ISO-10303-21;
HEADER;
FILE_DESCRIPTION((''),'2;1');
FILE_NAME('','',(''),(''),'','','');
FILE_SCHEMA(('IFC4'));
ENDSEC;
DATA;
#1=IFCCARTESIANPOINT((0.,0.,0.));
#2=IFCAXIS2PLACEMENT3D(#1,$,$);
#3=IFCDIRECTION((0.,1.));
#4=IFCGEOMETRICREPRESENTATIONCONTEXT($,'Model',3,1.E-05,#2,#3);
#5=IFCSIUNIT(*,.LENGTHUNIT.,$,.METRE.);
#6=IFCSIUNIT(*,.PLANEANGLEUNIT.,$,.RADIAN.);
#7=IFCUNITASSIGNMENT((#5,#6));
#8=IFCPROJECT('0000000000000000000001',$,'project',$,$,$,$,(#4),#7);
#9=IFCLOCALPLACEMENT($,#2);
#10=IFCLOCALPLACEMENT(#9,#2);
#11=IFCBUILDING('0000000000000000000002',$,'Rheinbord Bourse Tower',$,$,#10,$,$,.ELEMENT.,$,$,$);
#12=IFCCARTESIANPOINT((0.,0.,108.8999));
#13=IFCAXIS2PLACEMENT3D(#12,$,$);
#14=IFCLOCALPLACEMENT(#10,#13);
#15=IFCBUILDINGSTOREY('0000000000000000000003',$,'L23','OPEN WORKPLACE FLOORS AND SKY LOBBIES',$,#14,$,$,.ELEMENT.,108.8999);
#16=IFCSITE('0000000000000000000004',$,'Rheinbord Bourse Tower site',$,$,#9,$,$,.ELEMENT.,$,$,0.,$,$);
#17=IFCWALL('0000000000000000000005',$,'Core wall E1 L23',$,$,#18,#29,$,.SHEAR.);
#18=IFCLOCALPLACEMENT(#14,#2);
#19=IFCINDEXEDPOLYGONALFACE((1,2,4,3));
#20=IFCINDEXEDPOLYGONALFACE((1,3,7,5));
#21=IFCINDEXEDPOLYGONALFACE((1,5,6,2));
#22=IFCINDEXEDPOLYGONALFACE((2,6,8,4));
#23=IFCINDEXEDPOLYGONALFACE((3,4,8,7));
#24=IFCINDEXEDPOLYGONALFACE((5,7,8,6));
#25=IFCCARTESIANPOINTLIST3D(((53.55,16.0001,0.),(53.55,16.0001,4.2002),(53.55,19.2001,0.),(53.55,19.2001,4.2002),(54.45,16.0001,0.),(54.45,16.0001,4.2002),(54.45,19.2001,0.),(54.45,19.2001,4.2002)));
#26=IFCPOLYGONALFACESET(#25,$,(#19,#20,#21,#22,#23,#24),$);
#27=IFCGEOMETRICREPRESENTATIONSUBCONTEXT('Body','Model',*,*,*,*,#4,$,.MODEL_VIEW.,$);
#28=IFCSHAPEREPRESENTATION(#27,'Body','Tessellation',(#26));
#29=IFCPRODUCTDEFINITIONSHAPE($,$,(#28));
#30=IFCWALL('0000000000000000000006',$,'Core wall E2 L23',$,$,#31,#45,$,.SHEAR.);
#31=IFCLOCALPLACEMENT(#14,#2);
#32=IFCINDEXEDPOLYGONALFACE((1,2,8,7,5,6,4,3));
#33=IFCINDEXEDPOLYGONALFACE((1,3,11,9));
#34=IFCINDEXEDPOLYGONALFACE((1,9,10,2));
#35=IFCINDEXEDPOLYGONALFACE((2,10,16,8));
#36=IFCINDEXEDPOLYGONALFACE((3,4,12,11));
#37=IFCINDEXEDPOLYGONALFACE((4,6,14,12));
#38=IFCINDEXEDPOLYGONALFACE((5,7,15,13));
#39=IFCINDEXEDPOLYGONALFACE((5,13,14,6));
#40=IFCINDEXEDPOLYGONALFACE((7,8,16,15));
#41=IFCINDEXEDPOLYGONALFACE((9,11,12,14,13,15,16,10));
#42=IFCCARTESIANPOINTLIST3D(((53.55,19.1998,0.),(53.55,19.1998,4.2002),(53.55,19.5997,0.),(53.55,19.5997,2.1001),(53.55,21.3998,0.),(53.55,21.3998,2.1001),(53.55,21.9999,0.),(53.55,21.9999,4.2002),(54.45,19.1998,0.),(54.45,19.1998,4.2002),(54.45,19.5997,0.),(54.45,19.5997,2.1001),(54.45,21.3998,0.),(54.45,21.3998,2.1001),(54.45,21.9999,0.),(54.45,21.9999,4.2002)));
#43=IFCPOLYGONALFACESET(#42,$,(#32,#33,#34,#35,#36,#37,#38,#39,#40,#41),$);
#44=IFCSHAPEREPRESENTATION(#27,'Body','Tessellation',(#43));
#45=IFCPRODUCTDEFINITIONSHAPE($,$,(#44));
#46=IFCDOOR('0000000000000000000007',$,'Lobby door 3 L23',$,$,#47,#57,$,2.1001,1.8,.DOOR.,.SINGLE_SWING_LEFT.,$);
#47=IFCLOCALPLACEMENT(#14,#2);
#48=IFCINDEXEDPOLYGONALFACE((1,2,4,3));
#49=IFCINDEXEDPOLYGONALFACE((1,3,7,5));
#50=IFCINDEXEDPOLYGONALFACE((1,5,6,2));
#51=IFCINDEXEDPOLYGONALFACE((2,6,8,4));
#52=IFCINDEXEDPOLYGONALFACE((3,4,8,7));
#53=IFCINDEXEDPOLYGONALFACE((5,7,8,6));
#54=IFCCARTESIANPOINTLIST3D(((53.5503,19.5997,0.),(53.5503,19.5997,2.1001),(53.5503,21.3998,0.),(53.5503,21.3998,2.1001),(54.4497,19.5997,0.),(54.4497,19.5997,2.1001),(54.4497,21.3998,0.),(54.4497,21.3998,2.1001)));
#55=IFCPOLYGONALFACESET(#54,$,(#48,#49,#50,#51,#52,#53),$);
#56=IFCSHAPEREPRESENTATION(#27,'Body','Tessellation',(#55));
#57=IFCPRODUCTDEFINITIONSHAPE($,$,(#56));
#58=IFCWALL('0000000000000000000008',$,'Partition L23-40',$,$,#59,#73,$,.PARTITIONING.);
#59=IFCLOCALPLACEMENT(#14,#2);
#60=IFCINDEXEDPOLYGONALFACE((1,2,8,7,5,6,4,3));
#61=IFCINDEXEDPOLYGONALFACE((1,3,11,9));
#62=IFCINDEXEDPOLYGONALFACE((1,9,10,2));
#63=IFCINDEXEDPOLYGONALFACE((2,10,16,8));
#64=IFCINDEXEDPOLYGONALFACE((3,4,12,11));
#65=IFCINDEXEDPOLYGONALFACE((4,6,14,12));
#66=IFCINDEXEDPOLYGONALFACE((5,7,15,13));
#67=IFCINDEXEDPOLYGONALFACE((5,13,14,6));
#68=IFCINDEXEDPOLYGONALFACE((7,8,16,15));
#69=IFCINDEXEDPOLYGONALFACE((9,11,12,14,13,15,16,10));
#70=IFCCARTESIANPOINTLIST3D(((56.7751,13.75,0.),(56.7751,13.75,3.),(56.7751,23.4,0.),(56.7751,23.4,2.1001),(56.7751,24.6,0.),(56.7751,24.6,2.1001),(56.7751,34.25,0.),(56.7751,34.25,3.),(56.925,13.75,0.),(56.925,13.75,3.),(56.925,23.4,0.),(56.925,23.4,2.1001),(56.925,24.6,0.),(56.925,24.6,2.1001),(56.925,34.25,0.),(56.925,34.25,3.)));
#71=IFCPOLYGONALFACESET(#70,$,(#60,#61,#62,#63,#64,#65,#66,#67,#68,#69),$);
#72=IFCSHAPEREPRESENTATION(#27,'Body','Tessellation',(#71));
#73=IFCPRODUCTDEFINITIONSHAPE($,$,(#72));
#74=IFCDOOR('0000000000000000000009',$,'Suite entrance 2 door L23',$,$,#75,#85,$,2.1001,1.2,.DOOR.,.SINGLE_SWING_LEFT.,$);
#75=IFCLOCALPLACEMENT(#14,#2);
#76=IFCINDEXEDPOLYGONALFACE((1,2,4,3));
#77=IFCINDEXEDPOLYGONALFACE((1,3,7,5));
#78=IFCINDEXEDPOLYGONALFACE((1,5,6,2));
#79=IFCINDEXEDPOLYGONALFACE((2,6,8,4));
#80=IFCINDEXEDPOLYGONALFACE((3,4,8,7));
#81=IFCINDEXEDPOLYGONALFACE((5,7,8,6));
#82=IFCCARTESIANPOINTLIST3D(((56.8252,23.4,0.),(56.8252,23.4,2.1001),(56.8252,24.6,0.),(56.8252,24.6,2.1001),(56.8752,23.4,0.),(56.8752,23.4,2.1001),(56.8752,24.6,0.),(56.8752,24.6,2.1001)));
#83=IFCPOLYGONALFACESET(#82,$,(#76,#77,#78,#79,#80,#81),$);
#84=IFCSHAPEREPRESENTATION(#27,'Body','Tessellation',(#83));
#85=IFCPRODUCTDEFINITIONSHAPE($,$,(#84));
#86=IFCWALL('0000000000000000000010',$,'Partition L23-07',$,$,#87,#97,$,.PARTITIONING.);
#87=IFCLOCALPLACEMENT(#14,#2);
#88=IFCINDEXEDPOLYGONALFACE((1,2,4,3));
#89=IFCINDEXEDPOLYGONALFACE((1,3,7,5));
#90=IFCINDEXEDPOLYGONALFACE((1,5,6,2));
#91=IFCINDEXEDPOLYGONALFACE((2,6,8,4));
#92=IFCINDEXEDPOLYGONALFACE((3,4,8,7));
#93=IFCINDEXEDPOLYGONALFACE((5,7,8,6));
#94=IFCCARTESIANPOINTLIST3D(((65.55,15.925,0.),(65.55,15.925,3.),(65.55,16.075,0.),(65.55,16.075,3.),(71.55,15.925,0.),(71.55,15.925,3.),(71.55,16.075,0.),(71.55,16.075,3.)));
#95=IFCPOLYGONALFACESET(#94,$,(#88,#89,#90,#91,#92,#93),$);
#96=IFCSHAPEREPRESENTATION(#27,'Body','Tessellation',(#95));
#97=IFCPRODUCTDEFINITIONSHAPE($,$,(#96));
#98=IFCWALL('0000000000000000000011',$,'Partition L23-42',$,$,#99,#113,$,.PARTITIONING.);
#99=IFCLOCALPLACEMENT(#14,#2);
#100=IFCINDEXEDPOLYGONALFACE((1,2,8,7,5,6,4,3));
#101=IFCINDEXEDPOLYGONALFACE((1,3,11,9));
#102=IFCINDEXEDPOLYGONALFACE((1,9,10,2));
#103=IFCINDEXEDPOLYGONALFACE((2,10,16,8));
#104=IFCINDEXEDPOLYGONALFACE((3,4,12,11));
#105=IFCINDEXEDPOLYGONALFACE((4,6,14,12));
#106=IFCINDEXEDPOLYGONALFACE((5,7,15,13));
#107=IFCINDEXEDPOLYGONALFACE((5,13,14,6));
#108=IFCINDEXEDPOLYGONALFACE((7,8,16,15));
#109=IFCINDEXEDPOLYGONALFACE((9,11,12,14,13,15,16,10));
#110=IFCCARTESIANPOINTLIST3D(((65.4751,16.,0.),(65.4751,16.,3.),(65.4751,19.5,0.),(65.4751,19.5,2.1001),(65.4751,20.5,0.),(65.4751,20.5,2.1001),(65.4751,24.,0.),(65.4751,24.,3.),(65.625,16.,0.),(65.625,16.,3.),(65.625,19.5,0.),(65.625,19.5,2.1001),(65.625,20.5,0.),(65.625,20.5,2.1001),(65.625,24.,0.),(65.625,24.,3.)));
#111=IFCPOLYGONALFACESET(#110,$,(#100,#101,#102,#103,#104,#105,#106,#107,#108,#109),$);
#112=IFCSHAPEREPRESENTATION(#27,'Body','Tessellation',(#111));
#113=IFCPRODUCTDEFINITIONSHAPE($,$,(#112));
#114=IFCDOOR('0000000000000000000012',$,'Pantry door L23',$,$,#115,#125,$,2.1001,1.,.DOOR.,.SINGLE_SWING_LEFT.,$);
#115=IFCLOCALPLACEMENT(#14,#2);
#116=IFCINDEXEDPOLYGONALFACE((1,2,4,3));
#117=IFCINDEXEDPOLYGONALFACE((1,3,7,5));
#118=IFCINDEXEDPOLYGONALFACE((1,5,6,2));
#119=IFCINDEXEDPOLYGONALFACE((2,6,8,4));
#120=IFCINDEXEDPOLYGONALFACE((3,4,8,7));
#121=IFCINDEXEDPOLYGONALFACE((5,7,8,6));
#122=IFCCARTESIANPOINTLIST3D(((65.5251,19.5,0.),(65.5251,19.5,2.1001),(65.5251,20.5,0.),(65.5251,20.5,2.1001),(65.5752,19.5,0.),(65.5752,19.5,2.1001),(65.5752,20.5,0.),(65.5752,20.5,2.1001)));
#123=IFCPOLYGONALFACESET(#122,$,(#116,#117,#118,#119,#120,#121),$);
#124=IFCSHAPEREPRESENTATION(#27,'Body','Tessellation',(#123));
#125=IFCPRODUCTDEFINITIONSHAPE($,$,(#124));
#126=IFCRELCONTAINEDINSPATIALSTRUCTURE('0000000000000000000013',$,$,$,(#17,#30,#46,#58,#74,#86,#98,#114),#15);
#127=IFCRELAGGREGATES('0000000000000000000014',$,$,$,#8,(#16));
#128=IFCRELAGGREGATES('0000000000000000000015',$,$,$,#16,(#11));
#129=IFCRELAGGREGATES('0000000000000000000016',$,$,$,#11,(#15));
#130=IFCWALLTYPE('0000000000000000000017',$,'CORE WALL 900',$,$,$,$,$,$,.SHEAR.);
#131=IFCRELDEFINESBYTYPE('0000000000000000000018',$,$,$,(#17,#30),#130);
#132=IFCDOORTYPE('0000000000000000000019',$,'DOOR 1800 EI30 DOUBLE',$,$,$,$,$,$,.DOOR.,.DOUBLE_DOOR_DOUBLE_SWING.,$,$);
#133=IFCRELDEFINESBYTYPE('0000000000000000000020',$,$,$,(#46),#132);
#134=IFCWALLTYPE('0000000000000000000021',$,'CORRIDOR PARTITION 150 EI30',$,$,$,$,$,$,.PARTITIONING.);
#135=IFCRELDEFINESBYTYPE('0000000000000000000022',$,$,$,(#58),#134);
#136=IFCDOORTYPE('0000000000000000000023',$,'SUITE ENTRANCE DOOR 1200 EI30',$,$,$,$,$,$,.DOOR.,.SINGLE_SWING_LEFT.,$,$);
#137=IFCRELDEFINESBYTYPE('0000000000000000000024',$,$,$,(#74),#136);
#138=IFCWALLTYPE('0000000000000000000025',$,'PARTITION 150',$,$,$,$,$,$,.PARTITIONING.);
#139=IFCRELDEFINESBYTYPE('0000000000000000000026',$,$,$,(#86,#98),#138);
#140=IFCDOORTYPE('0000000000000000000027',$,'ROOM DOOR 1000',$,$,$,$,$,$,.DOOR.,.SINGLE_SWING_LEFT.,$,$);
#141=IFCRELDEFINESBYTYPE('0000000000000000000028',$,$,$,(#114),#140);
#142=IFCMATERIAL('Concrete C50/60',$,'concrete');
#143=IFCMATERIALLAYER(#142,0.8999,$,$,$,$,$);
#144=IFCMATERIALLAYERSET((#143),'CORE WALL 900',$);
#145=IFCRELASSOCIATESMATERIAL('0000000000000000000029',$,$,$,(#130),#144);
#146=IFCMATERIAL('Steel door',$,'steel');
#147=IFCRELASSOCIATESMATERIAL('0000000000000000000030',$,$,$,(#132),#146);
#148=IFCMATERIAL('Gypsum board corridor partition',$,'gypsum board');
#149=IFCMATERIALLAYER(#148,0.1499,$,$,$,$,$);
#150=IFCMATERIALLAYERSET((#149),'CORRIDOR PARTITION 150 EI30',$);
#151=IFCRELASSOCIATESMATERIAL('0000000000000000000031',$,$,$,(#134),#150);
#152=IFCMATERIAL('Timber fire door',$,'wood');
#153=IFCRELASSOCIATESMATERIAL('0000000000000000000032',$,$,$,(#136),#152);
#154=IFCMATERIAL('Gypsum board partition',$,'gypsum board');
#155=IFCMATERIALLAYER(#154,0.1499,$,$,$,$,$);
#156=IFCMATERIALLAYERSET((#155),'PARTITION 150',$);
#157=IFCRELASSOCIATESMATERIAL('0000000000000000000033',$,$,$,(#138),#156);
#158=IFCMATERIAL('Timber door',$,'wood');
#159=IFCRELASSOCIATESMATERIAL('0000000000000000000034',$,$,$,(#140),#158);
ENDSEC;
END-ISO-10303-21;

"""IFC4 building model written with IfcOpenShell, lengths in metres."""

from ifc_helpers import new_model, si_unit, direction, frame, frame_2d, origin, place, context, subcontext, project, spatial, rectangle, extrude, material, layer, layer_set, type_object, element, fill, save


model = new_model("IFC4")

# Units and contexts
model_context = context("Model", 3, precision=1e-05, world=origin(), true_north=direction((0.0, 1.0)))
body_context = subcontext(model_context, "Body", "Model", "MODEL_VIEW")
ifc_project = project(units=[si_unit("LENGTHUNIT", "METRE"), si_unit("PLANEANGLEUNIT", "RADIAN")], contexts=[model_context])

# Site, building, storey
site_placement = place(None, origin())
site = spatial("IfcSite", under=ifc_project, at=site_placement, Name="Rheinbord Bourse Tower site", CompositionType="ELEMENT", RefElevation=0.0)
building_placement = place(site_placement, origin())
building = spatial("IfcBuilding", under=site, at=building_placement, Name="Rheinbord Bourse Tower", CompositionType="ELEMENT")
storey_placement = place(building_placement, frame((0.0, 0.0, 108.8999)))
storey = spatial("IfcBuildingStorey", under=building, at=storey_placement, Name="L23", Description="OPEN WORKPLACE FLOORS AND SKY LOBBIES", CompositionType="ELEMENT", Elevation=108.8999)

# Wall
ifc_material_1 = material(Name="Concrete C50/60", Category="concrete")
ifc_layer_1 = layer(ifc_material_1, 0.8999)
ifc_layer_set_1 = layer_set([ifc_layer_1], Name="CORE WALL 900")
wall_type_1 = type_object("IfcWallType", Name="CORE WALL 900", PredefinedType="SHEAR", material=ifc_layer_set_1)
wall_1_placement = place(storey_placement, frame((54.0, 16.0, 0.0), z_axis=(0.0, 0.0, 1.0), x_axis=(0.0, 1.0, 0.0)))
element("IfcWall", 1, at=wall_1_placement, inside=storey, type_object=wall_type_1, Name="Core wall E1 L23", PredefinedType="SHEAR", context=body_context, shape_type="SweptSolid", body=[
    extrude(rectangle(XDim=3.2, YDim=0.8999, at=frame_2d((1.6001, 0.0))), origin(), (0.0, 0.0, 1.0), 4.2002),
])

# Walls, openings, doors
wall_2_placement = place(storey_placement, frame((54.0, 19.2, 0.0), z_axis=(0.0, 0.0, 1.0), x_axis=(0.0, 1.0, 0.0)))
wall_2 = element("IfcWall", 2, at=wall_2_placement, inside=storey, type_object=wall_type_1, Name="Core wall E2 L23", PredefinedType="SHEAR", context=body_context, shape_type="SweptSolid", body=[
    extrude(rectangle(XDim=2.8, YDim=0.8999, at=frame_2d((1.3999, 0.0))), origin(), (0.0, 0.0, 1.0), 4.2002),
])
opening_1_placement = place(wall_2_placement, frame((0.3999, 0.0, 0.0)))
opening_1 = element("IfcOpeningElement", 3, at=opening_1_placement, cuts=wall_2, PredefinedType="OPENING", context=body_context, shape_type="SweptSolid", body=[
    extrude(rectangle(XDim=1.8, YDim=2.1001, at=frame_2d((0.8999, 1.05))), frame((0.0, 0.46, 0.0), z_axis=(0.0, -1.0, 0.0), x_axis=(1.0, 0.0, 0.0)), (0.0, 0.0, 1.0), 0.9199),
])
ifc_material_2 = material(Name="Steel door", Category="steel")
door_type_1 = type_object("IfcDoorType", Name="DOOR 1800 EI30 DOUBLE", OperationType="DOUBLE_DOOR_DOUBLE_SWING", PredefinedType="DOOR", material=ifc_material_2)
door_1_placement = place(opening_1_placement, origin())
door_1 = element("IfcDoor", 4, at=door_1_placement, inside=storey, type_object=door_type_1, Name="Lobby door 3 L23", OperationType="SINGLE_SWING_LEFT", OverallHeight=2.1001, OverallWidth=1.8, PredefinedType="DOOR", context=body_context, shape_type="SweptSolid", body=[
    extrude(rectangle(XDim=1.8, YDim=2.1001, at=frame_2d((0.8999, 1.05))), frame((0.0, 0.4497, 0.0), z_axis=(0.0, -1.0, 0.0), x_axis=(1.0, 0.0, 0.0)), (0.0, 0.0, 1.0), 0.8994),
])
fill(opening_1, door_1)
ifc_material_3 = material(Name="Gypsum board corridor partition", Category="gypsum board")
ifc_layer_2 = layer(ifc_material_3, 0.1499)
ifc_layer_set_2 = layer_set([ifc_layer_2], Name="CORRIDOR PARTITION 150 EI30")
wall_type_2 = type_object("IfcWallType", Name="CORRIDOR PARTITION 150 EI30", PredefinedType="PARTITIONING", material=ifc_layer_set_2)
wall_3_placement = place(storey_placement, frame((56.8501, 13.75, 0.0), z_axis=(0.0, 0.0, 1.0), x_axis=(0.0, 1.0, 0.0)))
wall_3 = element("IfcWall", 5, at=wall_3_placement, inside=storey, type_object=wall_type_2, Name="Partition L23-40", PredefinedType="PARTITIONING", context=body_context, shape_type="SweptSolid", body=[
    extrude(rectangle(XDim=20.5, YDim=0.1499, at=frame_2d((10.25, 0.0))), origin(), (0.0, 0.0, 1.0), 3.0),
])
opening_2_placement = place(wall_3_placement, frame((9.6499, 0.0, 0.0)))
opening_2 = element("IfcOpeningElement", 6, at=opening_2_placement, cuts=wall_3, PredefinedType="OPENING", context=body_context, shape_type="SweptSolid", body=[
    extrude(rectangle(XDim=1.2, YDim=2.1001, at=frame_2d((0.6001, 1.05))), frame((0.0, 0.085, 0.0), z_axis=(0.0, -1.0, 0.0), x_axis=(1.0, 0.0, 0.0)), (0.0, 0.0, 1.0), 0.1699),
])
ifc_material_4 = material(Name="Timber fire door", Category="wood")
door_type_2 = type_object("IfcDoorType", Name="SUITE ENTRANCE DOOR 1200 EI30", OperationType="SINGLE_SWING_LEFT", PredefinedType="DOOR", material=ifc_material_4)
door_2_placement = place(opening_2_placement, origin())
door_2 = element("IfcDoor", 7, at=door_2_placement, inside=storey, type_object=door_type_2, Name="Suite entrance 2 door L23", OperationType="SINGLE_SWING_LEFT", OverallHeight=2.1001, OverallWidth=1.2, PredefinedType="DOOR", context=body_context, shape_type="SweptSolid", body=[
    extrude(rectangle(XDim=1.2, YDim=2.1001, at=frame_2d((0.6001, 1.05))), frame((0.0, 0.0249, 0.0), z_axis=(0.0, -1.0, 0.0), x_axis=(1.0, 0.0, 0.0)), (0.0, 0.0, 1.0), 0.05),
])
fill(opening_2, door_2)

# Wall
ifc_material_5 = material(Name="Gypsum board partition", Category="gypsum board")
ifc_layer_3 = layer(ifc_material_5, 0.1499)
ifc_layer_set_3 = layer_set([ifc_layer_3], Name="PARTITION 150")
wall_type_3 = type_object("IfcWallType", Name="PARTITION 150", PredefinedType="PARTITIONING", material=ifc_layer_set_3)
wall_4_placement = place(storey_placement, frame((65.55, 16.0, 0.0), z_axis=(0.0, 0.0, 1.0), x_axis=(1.0, 0.0, 0.0)))
element("IfcWall", 8, at=wall_4_placement, inside=storey, type_object=wall_type_3, Name="Partition L23-07", PredefinedType="PARTITIONING", context=body_context, shape_type="SweptSolid", body=[
    extrude(rectangle(XDim=6.0, YDim=0.1499, at=frame_2d((3.0, 0.0))), origin(), (0.0, 0.0, 1.0), 3.0),
])

# Wall, opening, door
wall_5_placement = place(storey_placement, frame((65.55, 16.0, 0.0), z_axis=(0.0, 0.0, 1.0), x_axis=(0.0, 1.0, 0.0)))
wall_5 = element("IfcWall", 9, at=wall_5_placement, inside=storey, type_object=wall_type_3, Name="Partition L23-42", PredefinedType="PARTITIONING", context=body_context, shape_type="SweptSolid", body=[
    extrude(rectangle(XDim=8.0, YDim=0.1499, at=frame_2d((4.0, 0.0))), origin(), (0.0, 0.0, 1.0), 3.0),
])
opening_3_placement = place(wall_5_placement, frame((3.5, 0.0, 0.0)))
opening_3 = element("IfcOpeningElement", 10, at=opening_3_placement, cuts=wall_5, PredefinedType="OPENING", context=body_context, shape_type="SweptSolid", body=[
    extrude(rectangle(XDim=1.0, YDim=2.1001, at=frame_2d((0.5, 1.05))), frame((0.0, 0.085, 0.0), z_axis=(0.0, -1.0, 0.0), x_axis=(1.0, 0.0, 0.0)), (0.0, 0.0, 1.0), 0.1699),
])
ifc_material_6 = material(Name="Timber door", Category="wood")
door_type_3 = type_object("IfcDoorType", Name="ROOM DOOR 1000", OperationType="SINGLE_SWING_LEFT", PredefinedType="DOOR", material=ifc_material_6)
door_3_placement = place(opening_3_placement, origin())
door_3 = element("IfcDoor", 11, at=door_3_placement, inside=storey, type_object=door_type_3, Name="Pantry door L23", OperationType="SINGLE_SWING_LEFT", OverallHeight=2.1001, OverallWidth=1.0, PredefinedType="DOOR", context=body_context, shape_type="SweptSolid", body=[
    extrude(rectangle(XDim=1.0, YDim=2.1001, at=frame_2d((0.5, 1.05))), frame((0.0, 0.0249, 0.0), z_axis=(0.0, -1.0, 0.0), x_axis=(1.0, 0.0, 0.0)), (0.0, 0.0, 1.0), 0.05),
])
fill(opening_3, door_3)

save(model, "model.ifc")
